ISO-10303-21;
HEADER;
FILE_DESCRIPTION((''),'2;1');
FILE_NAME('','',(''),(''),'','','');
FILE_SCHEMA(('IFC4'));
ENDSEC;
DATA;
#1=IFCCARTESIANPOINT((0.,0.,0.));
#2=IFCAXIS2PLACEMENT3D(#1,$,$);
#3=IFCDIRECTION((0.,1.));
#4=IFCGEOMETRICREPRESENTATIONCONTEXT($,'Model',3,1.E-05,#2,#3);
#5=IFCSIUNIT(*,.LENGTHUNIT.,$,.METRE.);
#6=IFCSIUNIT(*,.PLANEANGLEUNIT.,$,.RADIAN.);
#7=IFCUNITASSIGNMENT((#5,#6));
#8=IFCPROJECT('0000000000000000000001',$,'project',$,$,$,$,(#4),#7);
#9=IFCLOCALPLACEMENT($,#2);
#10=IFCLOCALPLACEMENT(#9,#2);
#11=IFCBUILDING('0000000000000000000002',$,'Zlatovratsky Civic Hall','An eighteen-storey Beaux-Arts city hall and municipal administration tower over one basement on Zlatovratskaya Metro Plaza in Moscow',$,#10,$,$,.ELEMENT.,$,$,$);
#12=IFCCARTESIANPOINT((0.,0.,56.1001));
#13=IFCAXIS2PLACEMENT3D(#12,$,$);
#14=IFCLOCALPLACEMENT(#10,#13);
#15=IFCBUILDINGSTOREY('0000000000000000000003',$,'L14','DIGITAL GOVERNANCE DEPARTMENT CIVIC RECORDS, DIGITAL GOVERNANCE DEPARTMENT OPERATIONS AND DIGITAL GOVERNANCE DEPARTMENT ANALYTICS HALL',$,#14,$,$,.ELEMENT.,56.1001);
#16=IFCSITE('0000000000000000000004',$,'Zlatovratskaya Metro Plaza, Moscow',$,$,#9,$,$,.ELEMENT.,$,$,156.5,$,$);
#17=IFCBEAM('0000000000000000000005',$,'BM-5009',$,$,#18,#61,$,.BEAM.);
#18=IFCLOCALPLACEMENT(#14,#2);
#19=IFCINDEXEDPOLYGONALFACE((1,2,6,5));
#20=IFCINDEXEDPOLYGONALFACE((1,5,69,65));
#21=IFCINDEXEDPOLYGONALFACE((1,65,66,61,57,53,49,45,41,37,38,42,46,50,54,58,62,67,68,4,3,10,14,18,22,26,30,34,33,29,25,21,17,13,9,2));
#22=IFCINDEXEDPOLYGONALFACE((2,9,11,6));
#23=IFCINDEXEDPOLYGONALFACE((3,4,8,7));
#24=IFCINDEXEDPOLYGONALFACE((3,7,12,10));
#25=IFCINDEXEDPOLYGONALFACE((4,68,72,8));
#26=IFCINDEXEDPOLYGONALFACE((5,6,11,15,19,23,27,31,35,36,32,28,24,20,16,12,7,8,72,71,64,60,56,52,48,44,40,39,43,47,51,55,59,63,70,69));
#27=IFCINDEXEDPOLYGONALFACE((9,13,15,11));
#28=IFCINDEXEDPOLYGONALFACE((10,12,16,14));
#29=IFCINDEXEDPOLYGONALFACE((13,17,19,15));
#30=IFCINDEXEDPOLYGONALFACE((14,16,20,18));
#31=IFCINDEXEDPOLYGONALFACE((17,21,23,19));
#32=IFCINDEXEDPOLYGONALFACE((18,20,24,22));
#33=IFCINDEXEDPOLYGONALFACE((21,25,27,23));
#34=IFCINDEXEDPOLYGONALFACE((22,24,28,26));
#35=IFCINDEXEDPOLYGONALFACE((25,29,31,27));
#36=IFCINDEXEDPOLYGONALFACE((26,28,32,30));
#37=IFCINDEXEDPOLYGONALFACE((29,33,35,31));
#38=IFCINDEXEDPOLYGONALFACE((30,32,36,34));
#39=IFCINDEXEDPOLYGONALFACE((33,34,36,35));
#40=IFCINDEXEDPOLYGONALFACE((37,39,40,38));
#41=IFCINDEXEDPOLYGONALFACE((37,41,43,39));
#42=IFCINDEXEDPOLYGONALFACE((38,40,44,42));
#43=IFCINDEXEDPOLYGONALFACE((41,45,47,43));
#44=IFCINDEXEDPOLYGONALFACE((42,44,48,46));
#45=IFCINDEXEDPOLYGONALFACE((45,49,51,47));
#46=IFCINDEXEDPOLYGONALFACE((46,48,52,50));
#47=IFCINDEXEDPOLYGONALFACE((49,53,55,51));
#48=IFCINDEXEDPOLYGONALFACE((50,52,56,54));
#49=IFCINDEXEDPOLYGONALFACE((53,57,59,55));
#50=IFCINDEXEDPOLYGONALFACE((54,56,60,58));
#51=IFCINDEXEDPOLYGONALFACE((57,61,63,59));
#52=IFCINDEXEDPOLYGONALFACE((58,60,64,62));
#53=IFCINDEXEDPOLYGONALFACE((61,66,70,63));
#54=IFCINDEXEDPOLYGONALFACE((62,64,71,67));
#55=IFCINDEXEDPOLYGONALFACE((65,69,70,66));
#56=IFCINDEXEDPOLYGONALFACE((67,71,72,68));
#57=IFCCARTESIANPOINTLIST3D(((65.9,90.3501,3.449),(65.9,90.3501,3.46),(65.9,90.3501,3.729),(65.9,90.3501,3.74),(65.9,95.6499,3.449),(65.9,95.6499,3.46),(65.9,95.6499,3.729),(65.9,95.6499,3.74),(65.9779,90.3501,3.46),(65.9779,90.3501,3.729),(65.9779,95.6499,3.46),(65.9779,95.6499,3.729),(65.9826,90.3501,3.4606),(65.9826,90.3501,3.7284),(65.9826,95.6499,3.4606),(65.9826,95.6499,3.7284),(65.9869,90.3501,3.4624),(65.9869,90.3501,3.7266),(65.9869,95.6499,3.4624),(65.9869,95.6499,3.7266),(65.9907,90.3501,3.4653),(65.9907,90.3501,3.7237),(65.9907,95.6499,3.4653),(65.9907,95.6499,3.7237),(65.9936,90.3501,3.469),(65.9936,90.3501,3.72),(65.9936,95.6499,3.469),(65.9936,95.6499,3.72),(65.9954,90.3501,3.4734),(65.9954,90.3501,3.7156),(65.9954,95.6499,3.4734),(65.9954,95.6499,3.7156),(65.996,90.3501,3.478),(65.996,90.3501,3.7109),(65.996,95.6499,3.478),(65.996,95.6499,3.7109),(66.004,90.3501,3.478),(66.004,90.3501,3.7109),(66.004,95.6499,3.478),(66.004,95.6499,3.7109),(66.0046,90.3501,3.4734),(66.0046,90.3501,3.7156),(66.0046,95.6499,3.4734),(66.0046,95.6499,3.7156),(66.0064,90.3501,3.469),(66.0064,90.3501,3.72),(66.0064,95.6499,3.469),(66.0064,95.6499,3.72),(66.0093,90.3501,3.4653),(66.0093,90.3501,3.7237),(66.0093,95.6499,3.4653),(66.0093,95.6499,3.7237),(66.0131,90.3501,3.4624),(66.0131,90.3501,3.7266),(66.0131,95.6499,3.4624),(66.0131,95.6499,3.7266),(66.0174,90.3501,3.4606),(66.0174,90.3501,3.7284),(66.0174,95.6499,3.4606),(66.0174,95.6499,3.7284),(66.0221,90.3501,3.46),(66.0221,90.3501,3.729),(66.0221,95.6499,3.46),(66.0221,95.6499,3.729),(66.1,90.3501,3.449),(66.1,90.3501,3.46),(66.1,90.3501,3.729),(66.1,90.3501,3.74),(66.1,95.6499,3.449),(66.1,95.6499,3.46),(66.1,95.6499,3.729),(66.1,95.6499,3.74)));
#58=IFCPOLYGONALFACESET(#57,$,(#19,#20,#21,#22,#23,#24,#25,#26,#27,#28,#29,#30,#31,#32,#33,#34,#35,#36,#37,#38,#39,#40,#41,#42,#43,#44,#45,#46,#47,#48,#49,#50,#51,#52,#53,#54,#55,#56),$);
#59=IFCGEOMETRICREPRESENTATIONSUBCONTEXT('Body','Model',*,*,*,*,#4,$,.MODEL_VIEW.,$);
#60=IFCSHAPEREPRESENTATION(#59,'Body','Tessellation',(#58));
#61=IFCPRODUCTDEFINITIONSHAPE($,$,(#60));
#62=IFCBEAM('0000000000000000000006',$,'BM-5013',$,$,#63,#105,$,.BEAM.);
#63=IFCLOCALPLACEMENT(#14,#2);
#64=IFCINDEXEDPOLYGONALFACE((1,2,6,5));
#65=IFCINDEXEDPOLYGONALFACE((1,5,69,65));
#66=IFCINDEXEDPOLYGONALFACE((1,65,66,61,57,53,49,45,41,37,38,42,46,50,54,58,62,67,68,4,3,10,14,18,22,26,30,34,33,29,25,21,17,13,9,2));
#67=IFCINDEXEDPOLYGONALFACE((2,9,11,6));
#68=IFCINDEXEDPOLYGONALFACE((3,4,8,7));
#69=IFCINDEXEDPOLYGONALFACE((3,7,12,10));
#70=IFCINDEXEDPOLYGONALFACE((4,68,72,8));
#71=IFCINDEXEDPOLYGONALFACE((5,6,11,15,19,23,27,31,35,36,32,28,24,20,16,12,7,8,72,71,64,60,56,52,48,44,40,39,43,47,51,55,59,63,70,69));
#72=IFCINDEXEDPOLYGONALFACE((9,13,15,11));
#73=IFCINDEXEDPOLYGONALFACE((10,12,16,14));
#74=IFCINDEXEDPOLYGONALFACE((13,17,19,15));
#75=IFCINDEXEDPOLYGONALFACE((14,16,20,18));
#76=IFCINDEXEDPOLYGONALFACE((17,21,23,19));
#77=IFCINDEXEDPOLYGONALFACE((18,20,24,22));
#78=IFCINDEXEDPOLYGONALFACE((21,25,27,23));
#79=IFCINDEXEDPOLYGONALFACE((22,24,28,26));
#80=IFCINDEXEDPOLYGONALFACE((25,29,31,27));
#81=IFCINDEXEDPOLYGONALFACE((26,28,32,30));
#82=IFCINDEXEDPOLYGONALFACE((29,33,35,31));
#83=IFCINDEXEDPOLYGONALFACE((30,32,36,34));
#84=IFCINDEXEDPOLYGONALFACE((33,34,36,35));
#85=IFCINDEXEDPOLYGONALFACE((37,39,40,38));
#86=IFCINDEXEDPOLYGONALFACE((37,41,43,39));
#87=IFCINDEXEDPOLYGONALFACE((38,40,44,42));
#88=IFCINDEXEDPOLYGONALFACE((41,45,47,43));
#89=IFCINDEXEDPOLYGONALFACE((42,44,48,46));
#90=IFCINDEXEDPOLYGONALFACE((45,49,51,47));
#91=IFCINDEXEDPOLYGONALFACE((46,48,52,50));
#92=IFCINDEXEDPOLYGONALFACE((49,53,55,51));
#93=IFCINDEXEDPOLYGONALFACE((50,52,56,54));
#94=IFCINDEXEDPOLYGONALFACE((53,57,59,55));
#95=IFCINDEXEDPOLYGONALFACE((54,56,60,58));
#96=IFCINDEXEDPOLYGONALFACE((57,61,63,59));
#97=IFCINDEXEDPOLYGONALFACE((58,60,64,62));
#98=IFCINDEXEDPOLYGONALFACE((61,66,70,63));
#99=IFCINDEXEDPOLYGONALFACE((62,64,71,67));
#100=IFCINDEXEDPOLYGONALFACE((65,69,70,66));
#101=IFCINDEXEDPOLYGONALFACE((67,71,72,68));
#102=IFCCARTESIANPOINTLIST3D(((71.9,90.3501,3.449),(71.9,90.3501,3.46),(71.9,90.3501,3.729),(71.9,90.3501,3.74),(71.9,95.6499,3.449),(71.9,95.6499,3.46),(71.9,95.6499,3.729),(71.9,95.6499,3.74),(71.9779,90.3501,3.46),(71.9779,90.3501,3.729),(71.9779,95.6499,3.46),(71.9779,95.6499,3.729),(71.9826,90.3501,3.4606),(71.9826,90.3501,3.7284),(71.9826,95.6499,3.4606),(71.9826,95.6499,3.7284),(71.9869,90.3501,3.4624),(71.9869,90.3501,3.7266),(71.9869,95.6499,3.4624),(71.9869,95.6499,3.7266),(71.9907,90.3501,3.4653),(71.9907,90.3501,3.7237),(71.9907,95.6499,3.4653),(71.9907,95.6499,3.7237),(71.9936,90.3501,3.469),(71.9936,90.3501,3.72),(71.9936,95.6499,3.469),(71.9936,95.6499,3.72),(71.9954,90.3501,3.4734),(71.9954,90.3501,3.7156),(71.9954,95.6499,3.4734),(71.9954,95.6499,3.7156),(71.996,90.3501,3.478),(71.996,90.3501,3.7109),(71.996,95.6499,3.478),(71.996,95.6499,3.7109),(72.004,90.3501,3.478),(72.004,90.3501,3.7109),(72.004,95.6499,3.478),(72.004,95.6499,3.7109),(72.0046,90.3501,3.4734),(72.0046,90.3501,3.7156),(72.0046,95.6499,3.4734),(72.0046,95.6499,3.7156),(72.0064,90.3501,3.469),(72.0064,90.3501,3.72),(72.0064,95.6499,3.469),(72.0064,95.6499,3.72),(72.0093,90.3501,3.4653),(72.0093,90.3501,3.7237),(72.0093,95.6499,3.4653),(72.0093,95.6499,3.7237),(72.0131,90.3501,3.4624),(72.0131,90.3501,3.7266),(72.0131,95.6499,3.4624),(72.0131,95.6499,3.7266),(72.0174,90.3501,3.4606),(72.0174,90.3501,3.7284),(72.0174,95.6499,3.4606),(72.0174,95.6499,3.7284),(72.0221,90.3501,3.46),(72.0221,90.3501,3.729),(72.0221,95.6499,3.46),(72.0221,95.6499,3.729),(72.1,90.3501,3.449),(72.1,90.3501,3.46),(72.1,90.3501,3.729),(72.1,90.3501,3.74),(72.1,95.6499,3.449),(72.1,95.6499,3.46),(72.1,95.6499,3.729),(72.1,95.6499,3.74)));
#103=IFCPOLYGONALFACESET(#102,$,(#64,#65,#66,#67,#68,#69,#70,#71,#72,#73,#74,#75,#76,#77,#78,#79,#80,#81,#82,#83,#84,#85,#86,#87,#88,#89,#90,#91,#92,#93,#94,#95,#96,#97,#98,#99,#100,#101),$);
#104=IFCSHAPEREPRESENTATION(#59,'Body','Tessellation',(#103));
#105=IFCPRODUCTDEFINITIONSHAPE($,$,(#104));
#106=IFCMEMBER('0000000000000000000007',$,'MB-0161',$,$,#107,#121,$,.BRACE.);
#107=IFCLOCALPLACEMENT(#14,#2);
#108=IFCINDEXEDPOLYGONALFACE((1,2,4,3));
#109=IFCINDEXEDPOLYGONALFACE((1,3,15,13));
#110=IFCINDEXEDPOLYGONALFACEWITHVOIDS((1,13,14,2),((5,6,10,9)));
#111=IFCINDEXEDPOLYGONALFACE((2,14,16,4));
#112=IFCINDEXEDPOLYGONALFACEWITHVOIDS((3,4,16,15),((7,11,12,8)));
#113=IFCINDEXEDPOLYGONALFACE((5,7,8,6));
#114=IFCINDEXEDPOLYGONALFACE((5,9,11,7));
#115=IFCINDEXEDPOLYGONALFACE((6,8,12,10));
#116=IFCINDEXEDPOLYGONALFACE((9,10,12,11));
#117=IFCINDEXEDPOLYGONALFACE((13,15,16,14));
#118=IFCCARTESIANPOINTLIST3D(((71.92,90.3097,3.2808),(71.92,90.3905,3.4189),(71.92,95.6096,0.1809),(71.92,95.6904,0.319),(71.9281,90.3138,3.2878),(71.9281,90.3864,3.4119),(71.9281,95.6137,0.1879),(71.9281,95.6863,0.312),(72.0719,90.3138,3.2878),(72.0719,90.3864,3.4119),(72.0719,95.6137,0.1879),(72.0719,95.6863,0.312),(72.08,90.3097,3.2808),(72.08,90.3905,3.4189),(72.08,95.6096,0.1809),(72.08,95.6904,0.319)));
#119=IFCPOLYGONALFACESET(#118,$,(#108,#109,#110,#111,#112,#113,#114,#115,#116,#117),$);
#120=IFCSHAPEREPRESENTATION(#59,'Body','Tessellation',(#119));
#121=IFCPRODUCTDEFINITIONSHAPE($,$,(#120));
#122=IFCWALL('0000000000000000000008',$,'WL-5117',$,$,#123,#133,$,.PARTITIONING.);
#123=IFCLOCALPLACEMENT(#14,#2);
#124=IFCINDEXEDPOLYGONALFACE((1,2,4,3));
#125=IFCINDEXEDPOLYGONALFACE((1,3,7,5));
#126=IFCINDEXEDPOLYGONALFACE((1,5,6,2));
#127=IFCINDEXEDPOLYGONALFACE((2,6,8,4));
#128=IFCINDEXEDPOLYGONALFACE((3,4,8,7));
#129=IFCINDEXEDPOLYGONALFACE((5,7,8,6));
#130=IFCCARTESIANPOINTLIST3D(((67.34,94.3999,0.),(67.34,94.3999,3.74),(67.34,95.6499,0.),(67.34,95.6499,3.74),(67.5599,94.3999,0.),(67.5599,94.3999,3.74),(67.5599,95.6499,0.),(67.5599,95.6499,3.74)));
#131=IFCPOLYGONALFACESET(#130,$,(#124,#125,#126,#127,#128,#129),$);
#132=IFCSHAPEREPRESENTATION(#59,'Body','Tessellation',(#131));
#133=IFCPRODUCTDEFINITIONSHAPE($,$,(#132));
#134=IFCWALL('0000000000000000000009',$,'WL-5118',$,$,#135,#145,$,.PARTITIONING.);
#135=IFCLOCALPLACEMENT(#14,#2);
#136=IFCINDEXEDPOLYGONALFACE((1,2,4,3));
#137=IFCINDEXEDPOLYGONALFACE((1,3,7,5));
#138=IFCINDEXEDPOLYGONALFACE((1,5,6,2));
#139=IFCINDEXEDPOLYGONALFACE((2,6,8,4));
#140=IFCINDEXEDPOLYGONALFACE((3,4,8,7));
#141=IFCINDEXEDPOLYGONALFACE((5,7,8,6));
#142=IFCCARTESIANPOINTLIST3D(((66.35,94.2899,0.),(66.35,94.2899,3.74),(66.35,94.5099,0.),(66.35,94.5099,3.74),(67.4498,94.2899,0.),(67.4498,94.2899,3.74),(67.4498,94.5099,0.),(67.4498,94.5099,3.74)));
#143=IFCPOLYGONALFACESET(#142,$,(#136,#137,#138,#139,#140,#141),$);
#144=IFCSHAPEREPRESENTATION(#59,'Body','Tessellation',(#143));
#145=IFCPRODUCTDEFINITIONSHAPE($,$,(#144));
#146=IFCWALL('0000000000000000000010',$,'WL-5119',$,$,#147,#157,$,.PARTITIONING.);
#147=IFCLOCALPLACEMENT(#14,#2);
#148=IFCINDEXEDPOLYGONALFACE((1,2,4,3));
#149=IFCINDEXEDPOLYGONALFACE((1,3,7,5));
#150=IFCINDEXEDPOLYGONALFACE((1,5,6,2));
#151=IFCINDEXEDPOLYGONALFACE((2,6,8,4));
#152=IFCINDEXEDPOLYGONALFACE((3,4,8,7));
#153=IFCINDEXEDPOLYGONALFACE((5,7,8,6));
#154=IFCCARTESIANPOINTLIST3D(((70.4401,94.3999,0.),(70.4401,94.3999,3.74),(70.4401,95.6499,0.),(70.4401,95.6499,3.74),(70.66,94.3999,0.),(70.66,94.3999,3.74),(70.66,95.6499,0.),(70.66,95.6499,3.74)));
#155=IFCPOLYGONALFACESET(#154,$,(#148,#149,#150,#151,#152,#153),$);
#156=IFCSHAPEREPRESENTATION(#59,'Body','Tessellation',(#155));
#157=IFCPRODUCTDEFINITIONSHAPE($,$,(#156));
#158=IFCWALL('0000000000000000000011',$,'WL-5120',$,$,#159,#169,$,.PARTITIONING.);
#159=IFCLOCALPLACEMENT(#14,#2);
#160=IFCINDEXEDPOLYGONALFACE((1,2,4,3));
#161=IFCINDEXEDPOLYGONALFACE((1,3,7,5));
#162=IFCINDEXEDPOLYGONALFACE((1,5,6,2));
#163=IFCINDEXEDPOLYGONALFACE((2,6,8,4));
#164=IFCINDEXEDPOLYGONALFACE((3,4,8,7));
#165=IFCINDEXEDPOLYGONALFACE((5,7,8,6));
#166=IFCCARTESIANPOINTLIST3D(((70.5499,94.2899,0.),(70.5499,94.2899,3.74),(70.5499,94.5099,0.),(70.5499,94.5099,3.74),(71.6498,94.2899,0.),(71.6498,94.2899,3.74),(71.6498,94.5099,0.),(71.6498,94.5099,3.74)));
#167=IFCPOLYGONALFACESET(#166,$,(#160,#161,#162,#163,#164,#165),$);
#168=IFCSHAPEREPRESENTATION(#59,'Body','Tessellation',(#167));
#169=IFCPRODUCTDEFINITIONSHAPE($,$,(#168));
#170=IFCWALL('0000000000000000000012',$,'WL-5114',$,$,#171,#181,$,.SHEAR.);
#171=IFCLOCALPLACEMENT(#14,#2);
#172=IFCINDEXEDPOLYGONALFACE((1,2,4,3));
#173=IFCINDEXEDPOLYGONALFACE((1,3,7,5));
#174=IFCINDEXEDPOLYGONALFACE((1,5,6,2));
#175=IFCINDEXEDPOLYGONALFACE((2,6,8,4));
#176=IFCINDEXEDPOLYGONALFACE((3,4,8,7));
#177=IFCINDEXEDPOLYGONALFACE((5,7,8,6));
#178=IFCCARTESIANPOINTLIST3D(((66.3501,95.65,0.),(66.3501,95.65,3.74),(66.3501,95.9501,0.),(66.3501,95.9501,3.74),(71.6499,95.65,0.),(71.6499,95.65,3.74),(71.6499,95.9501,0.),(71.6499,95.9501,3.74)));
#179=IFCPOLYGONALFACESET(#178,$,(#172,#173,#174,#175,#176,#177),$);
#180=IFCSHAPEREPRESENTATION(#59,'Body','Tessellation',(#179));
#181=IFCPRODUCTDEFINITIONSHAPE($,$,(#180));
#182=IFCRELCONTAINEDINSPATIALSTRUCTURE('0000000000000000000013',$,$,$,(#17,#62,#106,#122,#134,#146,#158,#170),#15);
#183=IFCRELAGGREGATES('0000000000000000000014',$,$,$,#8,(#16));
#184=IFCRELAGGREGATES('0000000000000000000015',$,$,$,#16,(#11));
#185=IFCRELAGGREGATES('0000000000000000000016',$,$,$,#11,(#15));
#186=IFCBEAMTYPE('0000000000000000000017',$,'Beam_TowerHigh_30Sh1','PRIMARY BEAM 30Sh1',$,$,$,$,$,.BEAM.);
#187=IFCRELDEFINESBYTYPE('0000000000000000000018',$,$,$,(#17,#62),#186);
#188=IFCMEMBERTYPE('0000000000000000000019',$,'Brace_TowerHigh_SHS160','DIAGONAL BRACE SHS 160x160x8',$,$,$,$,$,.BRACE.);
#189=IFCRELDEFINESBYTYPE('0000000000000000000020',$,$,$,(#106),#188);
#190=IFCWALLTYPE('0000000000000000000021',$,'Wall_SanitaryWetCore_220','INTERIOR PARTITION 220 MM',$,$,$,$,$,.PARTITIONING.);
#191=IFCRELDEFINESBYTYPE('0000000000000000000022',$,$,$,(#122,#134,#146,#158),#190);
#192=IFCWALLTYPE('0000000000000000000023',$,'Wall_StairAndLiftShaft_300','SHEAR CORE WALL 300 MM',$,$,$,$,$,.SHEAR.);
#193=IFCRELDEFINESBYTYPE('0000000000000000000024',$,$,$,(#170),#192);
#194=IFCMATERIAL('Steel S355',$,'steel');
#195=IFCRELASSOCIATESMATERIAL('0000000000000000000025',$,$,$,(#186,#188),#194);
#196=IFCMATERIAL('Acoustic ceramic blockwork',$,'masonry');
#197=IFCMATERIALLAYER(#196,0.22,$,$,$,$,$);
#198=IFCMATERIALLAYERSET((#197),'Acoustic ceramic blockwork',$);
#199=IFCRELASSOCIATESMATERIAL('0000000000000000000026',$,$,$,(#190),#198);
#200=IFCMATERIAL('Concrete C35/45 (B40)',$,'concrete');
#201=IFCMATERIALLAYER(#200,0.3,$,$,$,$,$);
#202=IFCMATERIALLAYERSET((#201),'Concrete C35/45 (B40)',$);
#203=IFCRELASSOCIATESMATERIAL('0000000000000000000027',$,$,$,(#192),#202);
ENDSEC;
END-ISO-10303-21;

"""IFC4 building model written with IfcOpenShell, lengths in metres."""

from ifc_helpers import new_model, si_unit, direction, frame, frame_2d, origin, origin_2d, place, context, subcontext, project, spatial, rectangle, hollow_rectangle, i_section, extrude, material, layer, layer_set, material_profile, profile_set, type_object, element, save


model = new_model("IFC4")

# Units and contexts
model_context = context("Model", 3, precision=1e-05, world=origin(), true_north=direction((0.0, 1.0)))
body_context = subcontext(model_context, "Body", "Model", "MODEL_VIEW")
ifc_project = project(units=[si_unit("LENGTHUNIT", "METRE"), si_unit("PLANEANGLEUNIT", "RADIAN")], contexts=[model_context])

# Site, building, storey
site_placement = place(None, origin())
site = spatial("IfcSite", under=ifc_project, at=site_placement, Name="Zlatovratskaya Metro Plaza, Moscow", CompositionType="ELEMENT", RefElevation=156.5)
building_placement = place(site_placement, origin())
building = spatial("IfcBuilding", under=site, at=building_placement, Name="Zlatovratsky Civic Hall", Description="An eighteen-storey Beaux-Arts city hall and municipal administration tower over one basement on Zlatovratskaya Metro Plaza in Moscow", CompositionType="ELEMENT")
storey_placement = place(building_placement, frame((0.0, 0.0, 56.1001)))
storey = spatial("IfcBuildingStorey", under=building, at=storey_placement, Name="L14", Description="DIGITAL GOVERNANCE DEPARTMENT CIVIC RECORDS, DIGITAL GOVERNANCE DEPARTMENT OPERATIONS AND DIGITAL GOVERNANCE DEPARTMENT ANALYTICS HALL", CompositionType="ELEMENT", Elevation=56.1001)

# Shared definitions
ifc_material_1 = material(Name="Concrete C35/45 (B40)", Category="concrete")

# Beams
ifc_material_2 = material(Name="Steel S355", Category="steel")
ifc_material_profile_1 = material_profile(ifc_material_2, i_section(OverallWidth=0.2, OverallDepth=0.291, WebThickness=0.0081, FlangeThickness=0.011, FilletRadius=0.0181, at=origin_2d()), Name="30Sh1")
ifc_profile_set_1 = profile_set([ifc_material_profile_1], Name="Steel S355")
beam_type_1 = type_object("IfcBeamType", Name="Beam_TowerHigh_30Sh1", Description="PRIMARY BEAM 30Sh1", PredefinedType="BEAM", material=ifc_profile_set_1)
for number, where, z_axis, x_axis, name in (
    (1, (66.0, 90.3501, 3.5945), (0.0, 1.0, 0.0), (-1.0, 0.0, 0.0), "BM-5009"),
    (2, (72.0, 90.3501, 3.5945), (0.0, 1.0, 0.0), (-1.0, 0.0, 0.0), "BM-5013"),
):
    element("IfcBeam", number, at=place(storey_placement, frame(where, z_axis=z_axis, x_axis=x_axis)), inside=storey, type_object=beam_type_1, Name=name, PredefinedType="BEAM", context=body_context, shape_type="SweptSolid", body=[
        extrude(i_section(OverallWidth=0.2, OverallDepth=0.291, WebThickness=0.0081, FlangeThickness=0.011, FilletRadius=0.0181, at=origin_2d()), origin(), (0.0, 0.0, 1.0), 5.2998),
    ])

# Member
ifc_material_profile_2 = material_profile(ifc_material_2, hollow_rectangle(XDim=0.1599, YDim=0.1599, WallThickness=0.0081, at=origin_2d()), Name="SHS 160x160x8")
ifc_profile_set_2 = profile_set([ifc_material_profile_2], Name="Steel S355")
member_type = type_object("IfcMemberType", Name="Brace_TowerHigh_SHS160", Description="DIAGONAL BRACE SHS 160x160x8", PredefinedType="BRACE", material=ifc_profile_set_2)
member_placement = place(storey_placement, frame((72.0, 90.3501, 3.3499), z_axis=(0.0, 0.86319, -0.504879), x_axis=(-1.0, 0.0, 0.0)))
element("IfcMember", 3, at=member_placement, inside=storey, type_object=member_type, Name="MB-0161", PredefinedType="BRACE", context=body_context, shape_type="SweptSolid", body=[
    extrude(hollow_rectangle(XDim=0.1599, YDim=0.1599, WallThickness=0.0081, at=origin_2d()), origin(), (0.0, 0.0, 1.0), 6.1399),
])

# Walls
ifc_material_3 = material(Name="Acoustic ceramic blockwork", Category="masonry")
ifc_layer_1 = layer(ifc_material_3, 0.22)
ifc_layer_set_1 = layer_set([ifc_layer_1], Name="Acoustic ceramic blockwork")
wall_type_1 = type_object("IfcWallType", Name="Wall_SanitaryWetCore_220", Description="INTERIOR PARTITION 220 MM", PredefinedType="PARTITIONING", material=ifc_layer_set_1)
wall_1_placement = place(storey_placement, frame((67.45, 94.3999, 0.0), z_axis=(0.0, 0.0, 1.0), x_axis=(0.0, 1.0, 0.0)))
element("IfcWall", 4, at=wall_1_placement, inside=storey, type_object=wall_type_1, Name="WL-5117", PredefinedType="PARTITIONING", context=body_context, shape_type="SweptSolid", body=[
    extrude(rectangle(XDim=1.25, YDim=0.22, at=frame_2d((0.625, 0.0))), origin(), (0.0, 0.0, 1.0), 3.74),
])
wall_2_placement = place(storey_placement, frame((66.3501, 94.3999, 0.0), z_axis=(0.0, 0.0, 1.0), x_axis=(1.0, 0.0, 0.0)))
element("IfcWall", 5, at=wall_2_placement, inside=storey, type_object=wall_type_1, Name="WL-5118", PredefinedType="PARTITIONING", context=body_context, shape_type="SweptSolid", body=[
    extrude(rectangle(XDim=1.0999, YDim=0.22, at=frame_2d((0.5498, 0.0))), origin(), (0.0, 0.0, 1.0), 3.74),
])
wall_3_placement = place(storey_placement, frame((70.55, 94.3999, 0.0), z_axis=(0.0, 0.0, 1.0), x_axis=(0.0, 1.0, 0.0)))
element("IfcWall", 6, at=wall_3_placement, inside=storey, type_object=wall_type_1, Name="WL-5119", PredefinedType="PARTITIONING", context=body_context, shape_type="SweptSolid", body=[
    extrude(rectangle(XDim=1.25, YDim=0.22, at=frame_2d((0.625, 0.0))), origin(), (0.0, 0.0, 1.0), 3.74),
])
wall_4_placement = place(storey_placement, frame((70.55, 94.3999, 0.0), z_axis=(0.0, 0.0, 1.0), x_axis=(1.0, 0.0, 0.0)))
element("IfcWall", 7, at=wall_4_placement, inside=storey, type_object=wall_type_1, Name="WL-5120", PredefinedType="PARTITIONING", context=body_context, shape_type="SweptSolid", body=[
    extrude(rectangle(XDim=1.0999, YDim=0.22, at=frame_2d((0.5498, 0.0))), origin(), (0.0, 0.0, 1.0), 3.74),
])
ifc_layer_2 = layer(ifc_material_1, 0.3)
ifc_layer_set_2 = layer_set([ifc_layer_2], Name="Concrete C35/45 (B40)")
wall_type_2 = type_object("IfcWallType", Name="Wall_StairAndLiftShaft_300", Description="SHEAR CORE WALL 300 MM", PredefinedType="SHEAR", material=ifc_layer_set_2)
wall_5_placement = place(storey_placement, frame((66.3501, 95.8, 0.0), z_axis=(0.0, 0.0, 1.0), x_axis=(1.0, 0.0, 0.0)))
element("IfcWall", 8, at=wall_5_placement, inside=storey, type_object=wall_type_2, Name="WL-5114", PredefinedType="SHEAR", context=body_context, shape_type="SweptSolid", body=[
    extrude(rectangle(XDim=5.2998, YDim=0.3, at=frame_2d((2.6499, 0.0))), origin(), (0.0, 0.0, 1.0), 3.74),
])

save(model, "model.ifc")
